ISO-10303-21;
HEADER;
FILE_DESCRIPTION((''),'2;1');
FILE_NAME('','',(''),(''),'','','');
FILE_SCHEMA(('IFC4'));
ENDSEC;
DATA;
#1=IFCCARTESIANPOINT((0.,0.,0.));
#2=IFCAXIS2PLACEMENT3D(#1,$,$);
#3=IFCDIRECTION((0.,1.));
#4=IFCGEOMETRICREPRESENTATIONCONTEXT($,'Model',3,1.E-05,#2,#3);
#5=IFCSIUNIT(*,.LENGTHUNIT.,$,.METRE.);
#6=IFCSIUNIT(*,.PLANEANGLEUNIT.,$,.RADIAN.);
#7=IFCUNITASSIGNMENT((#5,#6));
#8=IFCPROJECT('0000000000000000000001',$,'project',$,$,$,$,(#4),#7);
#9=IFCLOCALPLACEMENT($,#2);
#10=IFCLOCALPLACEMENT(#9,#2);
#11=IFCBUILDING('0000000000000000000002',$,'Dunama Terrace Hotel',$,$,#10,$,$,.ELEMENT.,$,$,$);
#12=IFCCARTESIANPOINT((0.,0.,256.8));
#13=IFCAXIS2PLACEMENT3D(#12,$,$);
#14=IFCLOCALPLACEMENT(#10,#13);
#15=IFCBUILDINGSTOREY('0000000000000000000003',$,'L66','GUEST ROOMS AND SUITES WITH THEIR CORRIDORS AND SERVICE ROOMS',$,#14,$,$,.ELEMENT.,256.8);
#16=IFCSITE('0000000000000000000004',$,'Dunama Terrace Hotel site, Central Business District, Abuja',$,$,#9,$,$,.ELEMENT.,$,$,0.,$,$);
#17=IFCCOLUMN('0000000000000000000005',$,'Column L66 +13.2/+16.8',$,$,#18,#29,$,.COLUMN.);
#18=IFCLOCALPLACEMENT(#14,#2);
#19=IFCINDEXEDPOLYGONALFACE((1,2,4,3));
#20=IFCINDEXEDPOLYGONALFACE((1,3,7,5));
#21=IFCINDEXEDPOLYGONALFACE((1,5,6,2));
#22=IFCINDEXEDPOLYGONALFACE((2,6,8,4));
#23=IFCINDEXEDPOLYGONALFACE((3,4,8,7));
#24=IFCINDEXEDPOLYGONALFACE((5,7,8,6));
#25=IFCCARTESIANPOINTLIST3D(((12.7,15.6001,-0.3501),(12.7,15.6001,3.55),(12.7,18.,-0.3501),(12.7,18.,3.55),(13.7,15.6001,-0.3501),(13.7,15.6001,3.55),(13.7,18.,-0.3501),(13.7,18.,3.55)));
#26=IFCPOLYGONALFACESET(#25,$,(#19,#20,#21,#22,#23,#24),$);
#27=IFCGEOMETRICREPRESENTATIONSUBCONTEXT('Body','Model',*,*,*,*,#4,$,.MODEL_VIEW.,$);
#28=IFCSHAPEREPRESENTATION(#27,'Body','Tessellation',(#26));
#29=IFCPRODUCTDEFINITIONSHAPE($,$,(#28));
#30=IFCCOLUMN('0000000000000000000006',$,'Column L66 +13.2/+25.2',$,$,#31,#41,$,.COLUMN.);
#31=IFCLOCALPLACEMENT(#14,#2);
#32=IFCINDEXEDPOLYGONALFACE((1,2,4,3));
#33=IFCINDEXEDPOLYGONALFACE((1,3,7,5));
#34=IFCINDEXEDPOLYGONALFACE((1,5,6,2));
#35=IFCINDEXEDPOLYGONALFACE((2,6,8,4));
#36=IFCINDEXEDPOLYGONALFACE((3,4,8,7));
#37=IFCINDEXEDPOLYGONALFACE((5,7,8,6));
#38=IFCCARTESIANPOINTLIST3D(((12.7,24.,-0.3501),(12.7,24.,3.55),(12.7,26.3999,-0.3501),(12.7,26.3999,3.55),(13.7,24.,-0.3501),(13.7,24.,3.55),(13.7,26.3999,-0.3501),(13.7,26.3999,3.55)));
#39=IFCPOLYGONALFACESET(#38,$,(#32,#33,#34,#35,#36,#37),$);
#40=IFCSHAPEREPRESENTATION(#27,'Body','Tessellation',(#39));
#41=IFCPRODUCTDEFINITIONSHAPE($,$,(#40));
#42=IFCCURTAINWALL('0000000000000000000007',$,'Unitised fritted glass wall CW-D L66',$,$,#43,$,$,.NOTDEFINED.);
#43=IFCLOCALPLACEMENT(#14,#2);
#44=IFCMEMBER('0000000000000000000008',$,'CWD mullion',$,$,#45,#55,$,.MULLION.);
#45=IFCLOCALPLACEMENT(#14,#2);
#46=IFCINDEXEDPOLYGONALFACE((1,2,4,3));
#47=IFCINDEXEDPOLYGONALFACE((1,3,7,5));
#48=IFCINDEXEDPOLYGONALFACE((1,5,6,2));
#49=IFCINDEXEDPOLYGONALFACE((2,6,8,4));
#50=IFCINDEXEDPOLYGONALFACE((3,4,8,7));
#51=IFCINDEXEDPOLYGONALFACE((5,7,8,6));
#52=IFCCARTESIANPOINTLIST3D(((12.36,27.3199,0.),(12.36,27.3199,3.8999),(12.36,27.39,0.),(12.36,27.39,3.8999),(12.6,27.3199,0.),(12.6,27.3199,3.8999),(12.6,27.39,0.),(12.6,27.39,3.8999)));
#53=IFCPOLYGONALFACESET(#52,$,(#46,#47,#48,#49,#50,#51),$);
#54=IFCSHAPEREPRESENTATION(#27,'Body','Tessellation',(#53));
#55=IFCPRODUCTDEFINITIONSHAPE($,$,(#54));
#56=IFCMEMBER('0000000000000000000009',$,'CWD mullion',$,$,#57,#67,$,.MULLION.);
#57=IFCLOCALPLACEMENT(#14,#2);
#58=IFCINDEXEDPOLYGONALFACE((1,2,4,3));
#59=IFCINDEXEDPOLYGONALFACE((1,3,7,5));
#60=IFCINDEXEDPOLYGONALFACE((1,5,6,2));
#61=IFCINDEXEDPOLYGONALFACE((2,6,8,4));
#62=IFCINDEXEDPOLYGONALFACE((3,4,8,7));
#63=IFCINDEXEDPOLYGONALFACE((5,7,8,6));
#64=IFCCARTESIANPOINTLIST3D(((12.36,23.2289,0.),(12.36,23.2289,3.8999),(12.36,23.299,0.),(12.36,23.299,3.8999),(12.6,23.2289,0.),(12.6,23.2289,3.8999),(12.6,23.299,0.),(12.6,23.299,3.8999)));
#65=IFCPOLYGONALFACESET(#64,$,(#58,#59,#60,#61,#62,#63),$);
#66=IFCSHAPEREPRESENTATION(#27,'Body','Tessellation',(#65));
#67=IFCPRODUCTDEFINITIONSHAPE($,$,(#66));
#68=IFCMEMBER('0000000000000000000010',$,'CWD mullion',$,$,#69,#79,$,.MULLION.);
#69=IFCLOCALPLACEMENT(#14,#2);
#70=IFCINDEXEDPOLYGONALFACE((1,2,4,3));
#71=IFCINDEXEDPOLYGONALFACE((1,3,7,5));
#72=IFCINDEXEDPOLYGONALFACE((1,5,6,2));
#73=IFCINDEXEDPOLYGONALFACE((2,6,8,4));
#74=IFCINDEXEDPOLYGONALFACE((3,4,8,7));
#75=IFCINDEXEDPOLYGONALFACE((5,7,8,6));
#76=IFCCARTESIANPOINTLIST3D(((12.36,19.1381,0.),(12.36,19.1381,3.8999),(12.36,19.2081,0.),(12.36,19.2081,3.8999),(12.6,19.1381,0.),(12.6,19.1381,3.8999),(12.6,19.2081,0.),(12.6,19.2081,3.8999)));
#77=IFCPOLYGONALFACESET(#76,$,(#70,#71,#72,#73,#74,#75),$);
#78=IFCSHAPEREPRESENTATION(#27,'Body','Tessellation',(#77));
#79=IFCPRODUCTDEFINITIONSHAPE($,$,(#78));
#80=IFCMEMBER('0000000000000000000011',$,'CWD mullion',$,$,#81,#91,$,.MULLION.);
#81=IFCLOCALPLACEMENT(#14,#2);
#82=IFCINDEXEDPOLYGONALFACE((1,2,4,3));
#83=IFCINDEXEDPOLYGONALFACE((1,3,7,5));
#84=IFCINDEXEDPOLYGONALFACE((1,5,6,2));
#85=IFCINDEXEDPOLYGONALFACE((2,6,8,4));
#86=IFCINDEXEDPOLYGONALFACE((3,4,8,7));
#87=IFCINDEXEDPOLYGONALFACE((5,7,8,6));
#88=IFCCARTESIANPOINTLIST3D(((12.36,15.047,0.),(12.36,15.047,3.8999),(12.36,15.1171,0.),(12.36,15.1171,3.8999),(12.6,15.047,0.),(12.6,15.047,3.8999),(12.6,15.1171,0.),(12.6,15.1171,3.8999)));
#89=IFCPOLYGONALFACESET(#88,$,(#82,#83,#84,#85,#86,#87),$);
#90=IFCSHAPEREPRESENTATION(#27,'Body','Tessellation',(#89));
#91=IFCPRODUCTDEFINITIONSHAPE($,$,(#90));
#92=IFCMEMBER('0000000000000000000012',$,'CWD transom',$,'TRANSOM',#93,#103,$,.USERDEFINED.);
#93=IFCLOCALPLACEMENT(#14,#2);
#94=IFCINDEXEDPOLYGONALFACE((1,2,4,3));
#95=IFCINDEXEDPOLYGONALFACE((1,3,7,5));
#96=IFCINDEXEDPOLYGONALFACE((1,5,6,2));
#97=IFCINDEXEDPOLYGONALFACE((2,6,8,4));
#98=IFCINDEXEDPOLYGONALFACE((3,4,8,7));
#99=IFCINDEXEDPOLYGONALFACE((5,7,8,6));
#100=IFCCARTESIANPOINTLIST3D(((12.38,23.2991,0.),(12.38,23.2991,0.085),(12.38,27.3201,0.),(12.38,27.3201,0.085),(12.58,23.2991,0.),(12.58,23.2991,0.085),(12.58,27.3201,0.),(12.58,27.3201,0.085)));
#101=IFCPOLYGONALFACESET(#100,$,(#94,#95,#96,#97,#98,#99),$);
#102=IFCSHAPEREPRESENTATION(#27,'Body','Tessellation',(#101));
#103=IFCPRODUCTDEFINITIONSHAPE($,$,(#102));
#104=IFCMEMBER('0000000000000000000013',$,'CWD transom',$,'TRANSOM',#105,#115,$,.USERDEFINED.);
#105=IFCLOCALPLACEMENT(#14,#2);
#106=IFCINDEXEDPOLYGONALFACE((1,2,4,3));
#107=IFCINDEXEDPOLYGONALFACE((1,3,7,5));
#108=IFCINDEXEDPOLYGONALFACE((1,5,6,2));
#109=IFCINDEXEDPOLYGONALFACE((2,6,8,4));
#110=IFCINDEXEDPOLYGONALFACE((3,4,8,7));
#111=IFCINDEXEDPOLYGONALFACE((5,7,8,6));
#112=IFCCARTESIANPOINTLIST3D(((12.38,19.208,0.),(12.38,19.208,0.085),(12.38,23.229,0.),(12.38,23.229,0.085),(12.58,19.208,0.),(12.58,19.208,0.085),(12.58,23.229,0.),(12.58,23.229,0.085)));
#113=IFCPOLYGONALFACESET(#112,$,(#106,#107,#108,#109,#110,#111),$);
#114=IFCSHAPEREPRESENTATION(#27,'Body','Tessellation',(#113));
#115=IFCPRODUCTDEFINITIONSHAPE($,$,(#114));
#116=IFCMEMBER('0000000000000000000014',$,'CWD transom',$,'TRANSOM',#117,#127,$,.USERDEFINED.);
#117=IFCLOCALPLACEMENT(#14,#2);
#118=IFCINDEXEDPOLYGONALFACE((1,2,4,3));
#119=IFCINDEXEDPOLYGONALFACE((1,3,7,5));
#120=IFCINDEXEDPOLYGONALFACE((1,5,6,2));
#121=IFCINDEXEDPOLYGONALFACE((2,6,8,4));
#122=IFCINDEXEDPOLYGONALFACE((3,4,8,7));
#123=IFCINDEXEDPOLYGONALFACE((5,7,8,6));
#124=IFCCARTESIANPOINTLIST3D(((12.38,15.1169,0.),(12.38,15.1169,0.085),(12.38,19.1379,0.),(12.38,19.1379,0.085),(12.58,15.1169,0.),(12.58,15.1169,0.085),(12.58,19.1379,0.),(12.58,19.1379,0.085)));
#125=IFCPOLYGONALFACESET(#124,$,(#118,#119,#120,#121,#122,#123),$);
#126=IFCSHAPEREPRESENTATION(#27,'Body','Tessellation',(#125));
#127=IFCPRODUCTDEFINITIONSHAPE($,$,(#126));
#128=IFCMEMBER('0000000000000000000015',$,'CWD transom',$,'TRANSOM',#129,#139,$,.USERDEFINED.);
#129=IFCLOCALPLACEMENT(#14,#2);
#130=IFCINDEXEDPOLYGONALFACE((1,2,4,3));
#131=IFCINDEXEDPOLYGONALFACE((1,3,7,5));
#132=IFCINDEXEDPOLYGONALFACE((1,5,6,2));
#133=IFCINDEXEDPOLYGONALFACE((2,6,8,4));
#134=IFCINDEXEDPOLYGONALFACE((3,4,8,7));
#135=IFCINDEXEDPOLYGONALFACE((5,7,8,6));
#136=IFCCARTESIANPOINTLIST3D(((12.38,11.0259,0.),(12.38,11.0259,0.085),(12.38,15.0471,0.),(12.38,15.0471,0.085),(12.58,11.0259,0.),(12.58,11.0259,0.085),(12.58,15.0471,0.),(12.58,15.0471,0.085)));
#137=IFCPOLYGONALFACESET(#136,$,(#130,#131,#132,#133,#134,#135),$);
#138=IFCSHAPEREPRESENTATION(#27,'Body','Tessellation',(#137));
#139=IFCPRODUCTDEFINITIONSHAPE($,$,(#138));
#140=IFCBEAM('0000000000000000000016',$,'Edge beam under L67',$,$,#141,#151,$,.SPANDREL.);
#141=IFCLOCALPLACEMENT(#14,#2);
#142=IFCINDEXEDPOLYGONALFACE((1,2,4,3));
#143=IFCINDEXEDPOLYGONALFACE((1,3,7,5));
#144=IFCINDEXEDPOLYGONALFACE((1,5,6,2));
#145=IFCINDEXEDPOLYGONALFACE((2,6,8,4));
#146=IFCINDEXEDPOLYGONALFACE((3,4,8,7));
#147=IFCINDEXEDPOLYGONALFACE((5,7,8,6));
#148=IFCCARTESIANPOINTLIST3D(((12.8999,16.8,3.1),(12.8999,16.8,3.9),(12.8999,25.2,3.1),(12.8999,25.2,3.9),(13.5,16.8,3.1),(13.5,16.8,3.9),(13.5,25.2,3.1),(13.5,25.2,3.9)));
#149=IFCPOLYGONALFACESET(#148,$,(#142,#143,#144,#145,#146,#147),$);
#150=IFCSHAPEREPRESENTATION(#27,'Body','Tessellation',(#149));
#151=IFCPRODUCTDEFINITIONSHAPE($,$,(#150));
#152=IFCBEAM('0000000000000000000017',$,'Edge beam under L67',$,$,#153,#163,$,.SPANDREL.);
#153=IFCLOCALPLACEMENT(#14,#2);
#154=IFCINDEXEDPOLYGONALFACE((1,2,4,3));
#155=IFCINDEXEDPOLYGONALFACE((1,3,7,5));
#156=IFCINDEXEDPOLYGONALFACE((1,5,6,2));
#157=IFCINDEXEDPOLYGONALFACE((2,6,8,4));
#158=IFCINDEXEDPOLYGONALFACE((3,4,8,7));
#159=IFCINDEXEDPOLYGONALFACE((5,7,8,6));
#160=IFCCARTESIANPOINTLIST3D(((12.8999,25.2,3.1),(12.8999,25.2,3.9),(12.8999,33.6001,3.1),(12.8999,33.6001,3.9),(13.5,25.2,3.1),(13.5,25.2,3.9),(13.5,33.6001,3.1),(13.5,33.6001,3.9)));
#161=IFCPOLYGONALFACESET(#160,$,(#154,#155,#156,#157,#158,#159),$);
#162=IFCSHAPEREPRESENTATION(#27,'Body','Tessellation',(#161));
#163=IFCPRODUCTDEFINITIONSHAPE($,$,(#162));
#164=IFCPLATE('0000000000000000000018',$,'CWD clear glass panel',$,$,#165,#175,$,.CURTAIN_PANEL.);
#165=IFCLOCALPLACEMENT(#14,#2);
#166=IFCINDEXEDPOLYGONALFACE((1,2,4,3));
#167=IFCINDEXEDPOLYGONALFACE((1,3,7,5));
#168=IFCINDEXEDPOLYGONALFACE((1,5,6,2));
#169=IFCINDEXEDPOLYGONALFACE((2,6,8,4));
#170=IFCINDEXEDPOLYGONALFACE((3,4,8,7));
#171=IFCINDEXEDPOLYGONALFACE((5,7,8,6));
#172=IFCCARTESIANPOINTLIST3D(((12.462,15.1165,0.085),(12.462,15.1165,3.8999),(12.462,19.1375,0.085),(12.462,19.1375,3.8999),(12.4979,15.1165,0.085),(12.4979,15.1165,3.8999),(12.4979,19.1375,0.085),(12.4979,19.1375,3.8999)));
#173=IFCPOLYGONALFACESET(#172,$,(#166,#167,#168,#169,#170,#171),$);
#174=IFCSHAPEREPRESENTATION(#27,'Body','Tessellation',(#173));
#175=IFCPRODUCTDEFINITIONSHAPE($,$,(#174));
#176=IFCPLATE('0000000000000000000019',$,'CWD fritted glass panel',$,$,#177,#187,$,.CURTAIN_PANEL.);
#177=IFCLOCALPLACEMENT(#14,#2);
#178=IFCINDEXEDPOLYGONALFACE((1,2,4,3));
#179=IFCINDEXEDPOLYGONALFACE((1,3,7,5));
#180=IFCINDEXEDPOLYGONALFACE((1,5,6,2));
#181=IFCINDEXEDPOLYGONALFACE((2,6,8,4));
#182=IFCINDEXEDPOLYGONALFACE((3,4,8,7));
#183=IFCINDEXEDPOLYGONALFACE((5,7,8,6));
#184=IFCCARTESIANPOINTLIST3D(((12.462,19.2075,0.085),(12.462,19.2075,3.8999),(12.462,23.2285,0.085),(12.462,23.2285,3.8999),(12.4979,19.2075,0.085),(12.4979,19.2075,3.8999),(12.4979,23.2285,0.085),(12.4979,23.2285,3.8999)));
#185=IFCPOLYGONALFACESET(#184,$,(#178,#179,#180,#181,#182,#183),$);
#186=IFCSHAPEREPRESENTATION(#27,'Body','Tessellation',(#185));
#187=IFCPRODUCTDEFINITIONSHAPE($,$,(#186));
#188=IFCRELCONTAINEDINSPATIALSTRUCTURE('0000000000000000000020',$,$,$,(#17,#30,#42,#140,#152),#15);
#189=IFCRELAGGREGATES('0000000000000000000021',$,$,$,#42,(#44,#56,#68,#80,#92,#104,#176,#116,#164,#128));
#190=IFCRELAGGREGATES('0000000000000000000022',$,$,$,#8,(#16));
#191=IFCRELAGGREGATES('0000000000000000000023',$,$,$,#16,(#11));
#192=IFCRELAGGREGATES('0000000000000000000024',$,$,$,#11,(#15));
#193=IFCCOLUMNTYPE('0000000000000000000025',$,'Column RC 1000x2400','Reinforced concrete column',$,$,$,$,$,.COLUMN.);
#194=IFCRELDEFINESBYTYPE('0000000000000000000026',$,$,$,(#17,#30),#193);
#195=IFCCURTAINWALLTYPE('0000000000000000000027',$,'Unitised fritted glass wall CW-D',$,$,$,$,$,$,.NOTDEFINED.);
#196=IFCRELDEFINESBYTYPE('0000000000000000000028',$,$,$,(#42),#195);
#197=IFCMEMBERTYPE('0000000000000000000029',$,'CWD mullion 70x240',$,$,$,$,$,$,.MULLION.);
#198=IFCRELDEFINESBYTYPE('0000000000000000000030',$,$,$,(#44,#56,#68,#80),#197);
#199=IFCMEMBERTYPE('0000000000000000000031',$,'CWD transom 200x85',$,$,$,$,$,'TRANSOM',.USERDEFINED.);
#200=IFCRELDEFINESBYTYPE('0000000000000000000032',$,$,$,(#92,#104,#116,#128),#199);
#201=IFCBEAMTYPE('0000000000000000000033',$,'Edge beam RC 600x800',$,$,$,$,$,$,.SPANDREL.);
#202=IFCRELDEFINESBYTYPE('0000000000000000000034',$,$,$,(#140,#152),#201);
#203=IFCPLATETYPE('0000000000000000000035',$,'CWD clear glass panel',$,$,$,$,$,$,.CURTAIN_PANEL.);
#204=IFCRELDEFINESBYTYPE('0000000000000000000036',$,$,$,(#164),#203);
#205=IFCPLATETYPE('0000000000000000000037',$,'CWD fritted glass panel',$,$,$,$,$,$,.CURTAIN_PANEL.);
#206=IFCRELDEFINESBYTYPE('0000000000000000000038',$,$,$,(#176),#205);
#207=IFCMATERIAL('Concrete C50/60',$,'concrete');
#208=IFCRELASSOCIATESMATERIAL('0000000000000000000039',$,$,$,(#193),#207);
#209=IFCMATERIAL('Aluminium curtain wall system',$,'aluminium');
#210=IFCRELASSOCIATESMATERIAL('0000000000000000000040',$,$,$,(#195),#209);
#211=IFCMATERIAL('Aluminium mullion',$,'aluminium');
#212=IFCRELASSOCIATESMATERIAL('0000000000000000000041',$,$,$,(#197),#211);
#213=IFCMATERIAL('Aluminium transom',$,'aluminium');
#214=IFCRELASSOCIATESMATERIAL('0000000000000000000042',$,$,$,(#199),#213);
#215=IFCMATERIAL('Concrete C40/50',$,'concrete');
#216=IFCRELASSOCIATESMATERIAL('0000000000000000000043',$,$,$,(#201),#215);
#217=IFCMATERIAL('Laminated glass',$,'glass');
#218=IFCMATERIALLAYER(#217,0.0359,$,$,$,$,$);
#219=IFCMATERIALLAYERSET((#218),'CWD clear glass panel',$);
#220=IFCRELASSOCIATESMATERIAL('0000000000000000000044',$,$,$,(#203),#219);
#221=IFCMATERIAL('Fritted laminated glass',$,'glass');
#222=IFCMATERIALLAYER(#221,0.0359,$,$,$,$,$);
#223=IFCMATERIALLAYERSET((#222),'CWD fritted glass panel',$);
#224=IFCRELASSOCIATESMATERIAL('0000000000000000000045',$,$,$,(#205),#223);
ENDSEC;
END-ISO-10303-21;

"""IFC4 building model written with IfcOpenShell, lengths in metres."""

from ifc_helpers import new_model, si_unit, direction, frame, origin, origin_2d, place, context, subcontext, project, spatial, rectangle, extrude, material, layer, layer_set, material_profile, profile_set, type_object, element, aggregate, save


model = new_model("IFC4")

# Units and contexts
model_context = context("Model", 3, precision=1e-05, world=origin(), true_north=direction((0.0, 1.0)))
body_context = subcontext(model_context, "Body", "Model", "MODEL_VIEW")
ifc_project = project(units=[si_unit("LENGTHUNIT", "METRE"), si_unit("PLANEANGLEUNIT", "RADIAN")], contexts=[model_context])

# Site, building, storey
site_placement = place(None, origin())
site = spatial("IfcSite", under=ifc_project, at=site_placement, Name="Dunama Terrace Hotel site, Central Business District, Abuja", CompositionType="ELEMENT", RefElevation=0.0)
building_placement = place(site_placement, origin())
building = spatial("IfcBuilding", under=site, at=building_placement, Name="Dunama Terrace Hotel", CompositionType="ELEMENT")
storey_placement = place(building_placement, frame((0.0, 0.0, 256.8)))
storey = spatial("IfcBuildingStorey", under=building, at=storey_placement, Name="L66", Description="GUEST ROOMS AND SUITES WITH THEIR CORRIDORS AND SERVICE ROOMS", CompositionType="ELEMENT", Elevation=256.8)

# Columns
ifc_material_1 = material(Name="Concrete C50/60", Category="concrete")
ifc_material_profile_1 = material_profile(ifc_material_1, rectangle(XDim=1.0, YDim=2.3999, at=origin_2d()), Name="RC 1000x2400")
ifc_profile_set_1 = profile_set([ifc_material_profile_1], Name="Concrete C50/60")
column_type = type_object("IfcColumnType", Name="Column RC 1000x2400", Description="Reinforced concrete column", PredefinedType="COLUMN", material=ifc_profile_set_1)
for number, where, z_axis, x_axis, name in (
    (1, (13.2, 16.8, -0.3501), (0.0, 0.0, 1.0), (1.0, 0.0, 0.0), "Column L66 +13.2/+16.8"),
    (2, (13.2, 25.2, -0.3501), (0.0, 0.0, 1.0), (1.0, 0.0, 0.0), "Column L66 +13.2/+25.2"),
):
    element("IfcColumn", number, at=place(storey_placement, frame(where, z_axis=z_axis, x_axis=x_axis)), inside=storey, type_object=column_type, Name=name, PredefinedType="COLUMN", context=body_context, shape_type="SweptSolid", body=[
        extrude(rectangle(XDim=1.0, YDim=2.3999, at=origin_2d()), origin(), (0.0, 0.0, 1.0), 3.9001),
    ])

# Curtain wall, members
ifc_material_2 = material(Name="Aluminium curtain wall system", Category="aluminium")
curtain_wall_type = type_object("IfcCurtainWallType", Name="Unitised fritted glass wall CW-D", PredefinedType="NOTDEFINED", material=ifc_material_2)
curtain_wall_placement = place(storey_placement, origin())
curtain_wall = element("IfcCurtainWall", 3, at=curtain_wall_placement, inside=storey, type_object=curtain_wall_type, Name="Unitised fritted glass wall CW-D L66", PredefinedType="NOTDEFINED")
ifc_material_3 = material(Name="Aluminium mullion", Category="aluminium")
ifc_material_profile_2 = material_profile(ifc_material_3, rectangle(XDim=0.0701, YDim=0.24, at=origin_2d()), Name="CWD MULLION 70X240")
ifc_profile_set_2 = profile_set([ifc_material_profile_2], Name="Aluminium mullion")
member_type_1 = type_object("IfcMemberType", Name="CWD mullion 70x240", PredefinedType="MULLION", material=ifc_profile_set_2)
member_1_placement = place(storey_placement, frame((12.48, 27.355, 0.0), z_axis=(0.0, 0.0, 1.0), x_axis=(0.0, -1.0, 0.0)))
member_1 = element("IfcMember", 4, at=member_1_placement, type_object=member_type_1, Name="CWD mullion", PredefinedType="MULLION", context=body_context, shape_type="SweptSolid", body=[
    extrude(rectangle(XDim=0.0701, YDim=0.24, at=origin_2d()), origin(), (0.0, 0.0, 1.0), 3.8999),
])
member_2_placement = place(storey_placement, frame((12.48, 23.2639, 0.0), z_axis=(0.0, 0.0, 1.0), x_axis=(0.0, -1.0, 0.0)))
member_2 = element("IfcMember", 5, at=member_2_placement, type_object=member_type_1, Name="CWD mullion", PredefinedType="MULLION", context=body_context, shape_type="SweptSolid", body=[
    extrude(rectangle(XDim=0.0701, YDim=0.24, at=origin_2d()), origin(), (0.0, 0.0, 1.0), 3.8999),
])
member_3_placement = place(storey_placement, frame((12.48, 19.1731, 0.0), z_axis=(0.0, 0.0, 1.0), x_axis=(0.0, -1.0, 0.0)))
member_3 = element("IfcMember", 6, at=member_3_placement, type_object=member_type_1, Name="CWD mullion", PredefinedType="MULLION", context=body_context, shape_type="SweptSolid", body=[
    extrude(rectangle(XDim=0.0701, YDim=0.24, at=origin_2d()), origin(), (0.0, 0.0, 1.0), 3.8999),
])
member_4_placement = place(storey_placement, frame((12.48, 15.082, 0.0), z_axis=(0.0, 0.0, 1.0), x_axis=(0.0, -1.0, 0.0)))
member_4 = element("IfcMember", 7, at=member_4_placement, type_object=member_type_1, Name="CWD mullion", PredefinedType="MULLION", context=body_context, shape_type="SweptSolid", body=[
    extrude(rectangle(XDim=0.0701, YDim=0.24, at=origin_2d()), origin(), (0.0, 0.0, 1.0), 3.8999),
])
ifc_material_4 = material(Name="Aluminium transom", Category="aluminium")
ifc_material_profile_3 = material_profile(ifc_material_4, rectangle(XDim=0.2, YDim=0.085, at=origin_2d()), Name="CWD TRANSOM 200X85")
ifc_profile_set_3 = profile_set([ifc_material_profile_3], Name="Aluminium transom")
member_type_2 = type_object("IfcMemberType", Name="CWD transom 200x85", ElementType="TRANSOM", PredefinedType="USERDEFINED", material=ifc_profile_set_3)
member_5_placement = place(storey_placement, frame((12.48, 27.3201, 0.0425), z_axis=(0.0, -1.0, 0.0), x_axis=(1.0, 0.0, 0.0)))
member_5 = element("IfcMember", 8, at=member_5_placement, type_object=member_type_2, Name="CWD transom", ObjectType="TRANSOM", PredefinedType="USERDEFINED", context=body_context, shape_type="SweptSolid", body=[
    extrude(rectangle(XDim=0.2, YDim=0.085, at=origin_2d()), origin(), (0.0, 0.0, 1.0), 4.021),
])
member_6_placement = place(storey_placement, frame((12.48, 23.229, 0.0425), z_axis=(0.0, -1.0, 0.0), x_axis=(1.0, 0.0, 0.0)))
member_6 = element("IfcMember", 9, at=member_6_placement, type_object=member_type_2, Name="CWD transom", ObjectType="TRANSOM", PredefinedType="USERDEFINED", context=body_context, shape_type="SweptSolid", body=[
    extrude(rectangle(XDim=0.2, YDim=0.085, at=origin_2d()), origin(), (0.0, 0.0, 1.0), 4.021),
])
member_7_placement = place(storey_placement, frame((12.48, 19.1379, 0.0425), z_axis=(0.0, -1.0, 0.0), x_axis=(1.0, 0.0, 0.0)))
member_7 = element("IfcMember", 10, at=member_7_placement, type_object=member_type_2, Name="CWD transom", ObjectType="TRANSOM", PredefinedType="USERDEFINED", context=body_context, shape_type="SweptSolid", body=[
    extrude(rectangle(XDim=0.2, YDim=0.085, at=origin_2d()), origin(), (0.0, 0.0, 1.0), 4.021),
])
member_8_placement = place(storey_placement, frame((12.48, 15.0471, 0.0425), z_axis=(0.0, -1.0, 0.0), x_axis=(1.0, 0.0, 0.0)))
member_8 = element("IfcMember", 11, at=member_8_placement, type_object=member_type_2, Name="CWD transom", ObjectType="TRANSOM", PredefinedType="USERDEFINED", context=body_context, shape_type="SweptSolid", body=[
    extrude(rectangle(XDim=0.2, YDim=0.085, at=origin_2d()), origin(), (0.0, 0.0, 1.0), 4.0212),
])

# Beams
ifc_material_5 = material(Name="Concrete C40/50", Category="concrete")
ifc_material_profile_4 = material_profile(ifc_material_5, rectangle(XDim=0.6001, YDim=0.8, at=origin_2d()), Name="RC 600x800")
ifc_profile_set_4 = profile_set([ifc_material_profile_4], Name="Concrete C40/50")
beam_type = type_object("IfcBeamType", Name="Edge beam RC 600x800", PredefinedType="SPANDREL", material=ifc_profile_set_4)
beam_1_placement = place(storey_placement, frame((13.2, 16.8, 3.5), z_axis=(0.0, 1.0, 0.0), x_axis=(-1.0, 0.0, 0.0)))
element("IfcBeam", 12, at=beam_1_placement, inside=storey, type_object=beam_type, Name="Edge beam under L67", PredefinedType="SPANDREL", context=body_context, shape_type="SweptSolid", body=[
    extrude(rectangle(XDim=0.6001, YDim=0.8, at=origin_2d()), origin(), (0.0, 0.0, 1.0), 8.3999),
])
beam_2_placement = place(storey_placement, frame((13.2, 25.2, 3.5), z_axis=(0.0, 1.0, 0.0), x_axis=(-1.0, 0.0, 0.0)))
element("IfcBeam", 13, at=beam_2_placement, inside=storey, type_object=beam_type, Name="Edge beam under L67", PredefinedType="SPANDREL", context=body_context, shape_type="SweptSolid", body=[
    extrude(rectangle(XDim=0.6001, YDim=0.8, at=origin_2d()), origin(), (0.0, 0.0, 1.0), 8.4001),
])

# Plates
ifc_material_6 = material(Name="Laminated glass", Category="glass")
ifc_layer_1 = layer(ifc_material_6, 0.0359)
ifc_layer_set_1 = layer_set([ifc_layer_1], Name="CWD clear glass panel")
plate_type_1 = type_object("IfcPlateType", Name="CWD clear glass panel", PredefinedType="CURTAIN_PANEL", material=ifc_layer_set_1)
plate_1_placement = place(storey_placement, frame((12.48, 17.127, 0.085), z_axis=(0.0, 0.0, 1.0), x_axis=(0.0, -1.0, 0.0)))
plate_1 = element("IfcPlate", 14, at=plate_1_placement, type_object=plate_type_1, Name="CWD clear glass panel", PredefinedType="CURTAIN_PANEL", context=body_context, shape_type="SweptSolid", body=[
    extrude(rectangle(XDim=4.021, YDim=0.0359, at=origin_2d()), origin(), (0.0, 0.0, 1.0), 3.8149),
])
ifc_material_7 = material(Name="Fritted laminated glass", Category="glass")
ifc_layer_2 = layer(ifc_material_7, 0.0359)
ifc_layer_set_2 = layer_set([ifc_layer_2], Name="CWD fritted glass panel")
plate_type_2 = type_object("IfcPlateType", Name="CWD fritted glass panel", PredefinedType="CURTAIN_PANEL", material=ifc_layer_set_2)
plate_2_placement = place(storey_placement, frame((12.48, 21.218, 0.085), z_axis=(0.0, 0.0, 1.0), x_axis=(0.0, -1.0, 0.0)))
plate_2 = element("IfcPlate", 15, at=plate_2_placement, type_object=plate_type_2, Name="CWD fritted glass panel", PredefinedType="CURTAIN_PANEL", context=body_context, shape_type="SweptSolid", body=[
    extrude(rectangle(XDim=4.021, YDim=0.0359, at=origin_2d()), origin(), (0.0, 0.0, 1.0), 3.8149),
])
aggregate(curtain_wall, [member_1, member_2, member_3, member_4, member_5, member_6, plate_2, member_7, plate_1, member_8])

save(model, "model.ifc")
